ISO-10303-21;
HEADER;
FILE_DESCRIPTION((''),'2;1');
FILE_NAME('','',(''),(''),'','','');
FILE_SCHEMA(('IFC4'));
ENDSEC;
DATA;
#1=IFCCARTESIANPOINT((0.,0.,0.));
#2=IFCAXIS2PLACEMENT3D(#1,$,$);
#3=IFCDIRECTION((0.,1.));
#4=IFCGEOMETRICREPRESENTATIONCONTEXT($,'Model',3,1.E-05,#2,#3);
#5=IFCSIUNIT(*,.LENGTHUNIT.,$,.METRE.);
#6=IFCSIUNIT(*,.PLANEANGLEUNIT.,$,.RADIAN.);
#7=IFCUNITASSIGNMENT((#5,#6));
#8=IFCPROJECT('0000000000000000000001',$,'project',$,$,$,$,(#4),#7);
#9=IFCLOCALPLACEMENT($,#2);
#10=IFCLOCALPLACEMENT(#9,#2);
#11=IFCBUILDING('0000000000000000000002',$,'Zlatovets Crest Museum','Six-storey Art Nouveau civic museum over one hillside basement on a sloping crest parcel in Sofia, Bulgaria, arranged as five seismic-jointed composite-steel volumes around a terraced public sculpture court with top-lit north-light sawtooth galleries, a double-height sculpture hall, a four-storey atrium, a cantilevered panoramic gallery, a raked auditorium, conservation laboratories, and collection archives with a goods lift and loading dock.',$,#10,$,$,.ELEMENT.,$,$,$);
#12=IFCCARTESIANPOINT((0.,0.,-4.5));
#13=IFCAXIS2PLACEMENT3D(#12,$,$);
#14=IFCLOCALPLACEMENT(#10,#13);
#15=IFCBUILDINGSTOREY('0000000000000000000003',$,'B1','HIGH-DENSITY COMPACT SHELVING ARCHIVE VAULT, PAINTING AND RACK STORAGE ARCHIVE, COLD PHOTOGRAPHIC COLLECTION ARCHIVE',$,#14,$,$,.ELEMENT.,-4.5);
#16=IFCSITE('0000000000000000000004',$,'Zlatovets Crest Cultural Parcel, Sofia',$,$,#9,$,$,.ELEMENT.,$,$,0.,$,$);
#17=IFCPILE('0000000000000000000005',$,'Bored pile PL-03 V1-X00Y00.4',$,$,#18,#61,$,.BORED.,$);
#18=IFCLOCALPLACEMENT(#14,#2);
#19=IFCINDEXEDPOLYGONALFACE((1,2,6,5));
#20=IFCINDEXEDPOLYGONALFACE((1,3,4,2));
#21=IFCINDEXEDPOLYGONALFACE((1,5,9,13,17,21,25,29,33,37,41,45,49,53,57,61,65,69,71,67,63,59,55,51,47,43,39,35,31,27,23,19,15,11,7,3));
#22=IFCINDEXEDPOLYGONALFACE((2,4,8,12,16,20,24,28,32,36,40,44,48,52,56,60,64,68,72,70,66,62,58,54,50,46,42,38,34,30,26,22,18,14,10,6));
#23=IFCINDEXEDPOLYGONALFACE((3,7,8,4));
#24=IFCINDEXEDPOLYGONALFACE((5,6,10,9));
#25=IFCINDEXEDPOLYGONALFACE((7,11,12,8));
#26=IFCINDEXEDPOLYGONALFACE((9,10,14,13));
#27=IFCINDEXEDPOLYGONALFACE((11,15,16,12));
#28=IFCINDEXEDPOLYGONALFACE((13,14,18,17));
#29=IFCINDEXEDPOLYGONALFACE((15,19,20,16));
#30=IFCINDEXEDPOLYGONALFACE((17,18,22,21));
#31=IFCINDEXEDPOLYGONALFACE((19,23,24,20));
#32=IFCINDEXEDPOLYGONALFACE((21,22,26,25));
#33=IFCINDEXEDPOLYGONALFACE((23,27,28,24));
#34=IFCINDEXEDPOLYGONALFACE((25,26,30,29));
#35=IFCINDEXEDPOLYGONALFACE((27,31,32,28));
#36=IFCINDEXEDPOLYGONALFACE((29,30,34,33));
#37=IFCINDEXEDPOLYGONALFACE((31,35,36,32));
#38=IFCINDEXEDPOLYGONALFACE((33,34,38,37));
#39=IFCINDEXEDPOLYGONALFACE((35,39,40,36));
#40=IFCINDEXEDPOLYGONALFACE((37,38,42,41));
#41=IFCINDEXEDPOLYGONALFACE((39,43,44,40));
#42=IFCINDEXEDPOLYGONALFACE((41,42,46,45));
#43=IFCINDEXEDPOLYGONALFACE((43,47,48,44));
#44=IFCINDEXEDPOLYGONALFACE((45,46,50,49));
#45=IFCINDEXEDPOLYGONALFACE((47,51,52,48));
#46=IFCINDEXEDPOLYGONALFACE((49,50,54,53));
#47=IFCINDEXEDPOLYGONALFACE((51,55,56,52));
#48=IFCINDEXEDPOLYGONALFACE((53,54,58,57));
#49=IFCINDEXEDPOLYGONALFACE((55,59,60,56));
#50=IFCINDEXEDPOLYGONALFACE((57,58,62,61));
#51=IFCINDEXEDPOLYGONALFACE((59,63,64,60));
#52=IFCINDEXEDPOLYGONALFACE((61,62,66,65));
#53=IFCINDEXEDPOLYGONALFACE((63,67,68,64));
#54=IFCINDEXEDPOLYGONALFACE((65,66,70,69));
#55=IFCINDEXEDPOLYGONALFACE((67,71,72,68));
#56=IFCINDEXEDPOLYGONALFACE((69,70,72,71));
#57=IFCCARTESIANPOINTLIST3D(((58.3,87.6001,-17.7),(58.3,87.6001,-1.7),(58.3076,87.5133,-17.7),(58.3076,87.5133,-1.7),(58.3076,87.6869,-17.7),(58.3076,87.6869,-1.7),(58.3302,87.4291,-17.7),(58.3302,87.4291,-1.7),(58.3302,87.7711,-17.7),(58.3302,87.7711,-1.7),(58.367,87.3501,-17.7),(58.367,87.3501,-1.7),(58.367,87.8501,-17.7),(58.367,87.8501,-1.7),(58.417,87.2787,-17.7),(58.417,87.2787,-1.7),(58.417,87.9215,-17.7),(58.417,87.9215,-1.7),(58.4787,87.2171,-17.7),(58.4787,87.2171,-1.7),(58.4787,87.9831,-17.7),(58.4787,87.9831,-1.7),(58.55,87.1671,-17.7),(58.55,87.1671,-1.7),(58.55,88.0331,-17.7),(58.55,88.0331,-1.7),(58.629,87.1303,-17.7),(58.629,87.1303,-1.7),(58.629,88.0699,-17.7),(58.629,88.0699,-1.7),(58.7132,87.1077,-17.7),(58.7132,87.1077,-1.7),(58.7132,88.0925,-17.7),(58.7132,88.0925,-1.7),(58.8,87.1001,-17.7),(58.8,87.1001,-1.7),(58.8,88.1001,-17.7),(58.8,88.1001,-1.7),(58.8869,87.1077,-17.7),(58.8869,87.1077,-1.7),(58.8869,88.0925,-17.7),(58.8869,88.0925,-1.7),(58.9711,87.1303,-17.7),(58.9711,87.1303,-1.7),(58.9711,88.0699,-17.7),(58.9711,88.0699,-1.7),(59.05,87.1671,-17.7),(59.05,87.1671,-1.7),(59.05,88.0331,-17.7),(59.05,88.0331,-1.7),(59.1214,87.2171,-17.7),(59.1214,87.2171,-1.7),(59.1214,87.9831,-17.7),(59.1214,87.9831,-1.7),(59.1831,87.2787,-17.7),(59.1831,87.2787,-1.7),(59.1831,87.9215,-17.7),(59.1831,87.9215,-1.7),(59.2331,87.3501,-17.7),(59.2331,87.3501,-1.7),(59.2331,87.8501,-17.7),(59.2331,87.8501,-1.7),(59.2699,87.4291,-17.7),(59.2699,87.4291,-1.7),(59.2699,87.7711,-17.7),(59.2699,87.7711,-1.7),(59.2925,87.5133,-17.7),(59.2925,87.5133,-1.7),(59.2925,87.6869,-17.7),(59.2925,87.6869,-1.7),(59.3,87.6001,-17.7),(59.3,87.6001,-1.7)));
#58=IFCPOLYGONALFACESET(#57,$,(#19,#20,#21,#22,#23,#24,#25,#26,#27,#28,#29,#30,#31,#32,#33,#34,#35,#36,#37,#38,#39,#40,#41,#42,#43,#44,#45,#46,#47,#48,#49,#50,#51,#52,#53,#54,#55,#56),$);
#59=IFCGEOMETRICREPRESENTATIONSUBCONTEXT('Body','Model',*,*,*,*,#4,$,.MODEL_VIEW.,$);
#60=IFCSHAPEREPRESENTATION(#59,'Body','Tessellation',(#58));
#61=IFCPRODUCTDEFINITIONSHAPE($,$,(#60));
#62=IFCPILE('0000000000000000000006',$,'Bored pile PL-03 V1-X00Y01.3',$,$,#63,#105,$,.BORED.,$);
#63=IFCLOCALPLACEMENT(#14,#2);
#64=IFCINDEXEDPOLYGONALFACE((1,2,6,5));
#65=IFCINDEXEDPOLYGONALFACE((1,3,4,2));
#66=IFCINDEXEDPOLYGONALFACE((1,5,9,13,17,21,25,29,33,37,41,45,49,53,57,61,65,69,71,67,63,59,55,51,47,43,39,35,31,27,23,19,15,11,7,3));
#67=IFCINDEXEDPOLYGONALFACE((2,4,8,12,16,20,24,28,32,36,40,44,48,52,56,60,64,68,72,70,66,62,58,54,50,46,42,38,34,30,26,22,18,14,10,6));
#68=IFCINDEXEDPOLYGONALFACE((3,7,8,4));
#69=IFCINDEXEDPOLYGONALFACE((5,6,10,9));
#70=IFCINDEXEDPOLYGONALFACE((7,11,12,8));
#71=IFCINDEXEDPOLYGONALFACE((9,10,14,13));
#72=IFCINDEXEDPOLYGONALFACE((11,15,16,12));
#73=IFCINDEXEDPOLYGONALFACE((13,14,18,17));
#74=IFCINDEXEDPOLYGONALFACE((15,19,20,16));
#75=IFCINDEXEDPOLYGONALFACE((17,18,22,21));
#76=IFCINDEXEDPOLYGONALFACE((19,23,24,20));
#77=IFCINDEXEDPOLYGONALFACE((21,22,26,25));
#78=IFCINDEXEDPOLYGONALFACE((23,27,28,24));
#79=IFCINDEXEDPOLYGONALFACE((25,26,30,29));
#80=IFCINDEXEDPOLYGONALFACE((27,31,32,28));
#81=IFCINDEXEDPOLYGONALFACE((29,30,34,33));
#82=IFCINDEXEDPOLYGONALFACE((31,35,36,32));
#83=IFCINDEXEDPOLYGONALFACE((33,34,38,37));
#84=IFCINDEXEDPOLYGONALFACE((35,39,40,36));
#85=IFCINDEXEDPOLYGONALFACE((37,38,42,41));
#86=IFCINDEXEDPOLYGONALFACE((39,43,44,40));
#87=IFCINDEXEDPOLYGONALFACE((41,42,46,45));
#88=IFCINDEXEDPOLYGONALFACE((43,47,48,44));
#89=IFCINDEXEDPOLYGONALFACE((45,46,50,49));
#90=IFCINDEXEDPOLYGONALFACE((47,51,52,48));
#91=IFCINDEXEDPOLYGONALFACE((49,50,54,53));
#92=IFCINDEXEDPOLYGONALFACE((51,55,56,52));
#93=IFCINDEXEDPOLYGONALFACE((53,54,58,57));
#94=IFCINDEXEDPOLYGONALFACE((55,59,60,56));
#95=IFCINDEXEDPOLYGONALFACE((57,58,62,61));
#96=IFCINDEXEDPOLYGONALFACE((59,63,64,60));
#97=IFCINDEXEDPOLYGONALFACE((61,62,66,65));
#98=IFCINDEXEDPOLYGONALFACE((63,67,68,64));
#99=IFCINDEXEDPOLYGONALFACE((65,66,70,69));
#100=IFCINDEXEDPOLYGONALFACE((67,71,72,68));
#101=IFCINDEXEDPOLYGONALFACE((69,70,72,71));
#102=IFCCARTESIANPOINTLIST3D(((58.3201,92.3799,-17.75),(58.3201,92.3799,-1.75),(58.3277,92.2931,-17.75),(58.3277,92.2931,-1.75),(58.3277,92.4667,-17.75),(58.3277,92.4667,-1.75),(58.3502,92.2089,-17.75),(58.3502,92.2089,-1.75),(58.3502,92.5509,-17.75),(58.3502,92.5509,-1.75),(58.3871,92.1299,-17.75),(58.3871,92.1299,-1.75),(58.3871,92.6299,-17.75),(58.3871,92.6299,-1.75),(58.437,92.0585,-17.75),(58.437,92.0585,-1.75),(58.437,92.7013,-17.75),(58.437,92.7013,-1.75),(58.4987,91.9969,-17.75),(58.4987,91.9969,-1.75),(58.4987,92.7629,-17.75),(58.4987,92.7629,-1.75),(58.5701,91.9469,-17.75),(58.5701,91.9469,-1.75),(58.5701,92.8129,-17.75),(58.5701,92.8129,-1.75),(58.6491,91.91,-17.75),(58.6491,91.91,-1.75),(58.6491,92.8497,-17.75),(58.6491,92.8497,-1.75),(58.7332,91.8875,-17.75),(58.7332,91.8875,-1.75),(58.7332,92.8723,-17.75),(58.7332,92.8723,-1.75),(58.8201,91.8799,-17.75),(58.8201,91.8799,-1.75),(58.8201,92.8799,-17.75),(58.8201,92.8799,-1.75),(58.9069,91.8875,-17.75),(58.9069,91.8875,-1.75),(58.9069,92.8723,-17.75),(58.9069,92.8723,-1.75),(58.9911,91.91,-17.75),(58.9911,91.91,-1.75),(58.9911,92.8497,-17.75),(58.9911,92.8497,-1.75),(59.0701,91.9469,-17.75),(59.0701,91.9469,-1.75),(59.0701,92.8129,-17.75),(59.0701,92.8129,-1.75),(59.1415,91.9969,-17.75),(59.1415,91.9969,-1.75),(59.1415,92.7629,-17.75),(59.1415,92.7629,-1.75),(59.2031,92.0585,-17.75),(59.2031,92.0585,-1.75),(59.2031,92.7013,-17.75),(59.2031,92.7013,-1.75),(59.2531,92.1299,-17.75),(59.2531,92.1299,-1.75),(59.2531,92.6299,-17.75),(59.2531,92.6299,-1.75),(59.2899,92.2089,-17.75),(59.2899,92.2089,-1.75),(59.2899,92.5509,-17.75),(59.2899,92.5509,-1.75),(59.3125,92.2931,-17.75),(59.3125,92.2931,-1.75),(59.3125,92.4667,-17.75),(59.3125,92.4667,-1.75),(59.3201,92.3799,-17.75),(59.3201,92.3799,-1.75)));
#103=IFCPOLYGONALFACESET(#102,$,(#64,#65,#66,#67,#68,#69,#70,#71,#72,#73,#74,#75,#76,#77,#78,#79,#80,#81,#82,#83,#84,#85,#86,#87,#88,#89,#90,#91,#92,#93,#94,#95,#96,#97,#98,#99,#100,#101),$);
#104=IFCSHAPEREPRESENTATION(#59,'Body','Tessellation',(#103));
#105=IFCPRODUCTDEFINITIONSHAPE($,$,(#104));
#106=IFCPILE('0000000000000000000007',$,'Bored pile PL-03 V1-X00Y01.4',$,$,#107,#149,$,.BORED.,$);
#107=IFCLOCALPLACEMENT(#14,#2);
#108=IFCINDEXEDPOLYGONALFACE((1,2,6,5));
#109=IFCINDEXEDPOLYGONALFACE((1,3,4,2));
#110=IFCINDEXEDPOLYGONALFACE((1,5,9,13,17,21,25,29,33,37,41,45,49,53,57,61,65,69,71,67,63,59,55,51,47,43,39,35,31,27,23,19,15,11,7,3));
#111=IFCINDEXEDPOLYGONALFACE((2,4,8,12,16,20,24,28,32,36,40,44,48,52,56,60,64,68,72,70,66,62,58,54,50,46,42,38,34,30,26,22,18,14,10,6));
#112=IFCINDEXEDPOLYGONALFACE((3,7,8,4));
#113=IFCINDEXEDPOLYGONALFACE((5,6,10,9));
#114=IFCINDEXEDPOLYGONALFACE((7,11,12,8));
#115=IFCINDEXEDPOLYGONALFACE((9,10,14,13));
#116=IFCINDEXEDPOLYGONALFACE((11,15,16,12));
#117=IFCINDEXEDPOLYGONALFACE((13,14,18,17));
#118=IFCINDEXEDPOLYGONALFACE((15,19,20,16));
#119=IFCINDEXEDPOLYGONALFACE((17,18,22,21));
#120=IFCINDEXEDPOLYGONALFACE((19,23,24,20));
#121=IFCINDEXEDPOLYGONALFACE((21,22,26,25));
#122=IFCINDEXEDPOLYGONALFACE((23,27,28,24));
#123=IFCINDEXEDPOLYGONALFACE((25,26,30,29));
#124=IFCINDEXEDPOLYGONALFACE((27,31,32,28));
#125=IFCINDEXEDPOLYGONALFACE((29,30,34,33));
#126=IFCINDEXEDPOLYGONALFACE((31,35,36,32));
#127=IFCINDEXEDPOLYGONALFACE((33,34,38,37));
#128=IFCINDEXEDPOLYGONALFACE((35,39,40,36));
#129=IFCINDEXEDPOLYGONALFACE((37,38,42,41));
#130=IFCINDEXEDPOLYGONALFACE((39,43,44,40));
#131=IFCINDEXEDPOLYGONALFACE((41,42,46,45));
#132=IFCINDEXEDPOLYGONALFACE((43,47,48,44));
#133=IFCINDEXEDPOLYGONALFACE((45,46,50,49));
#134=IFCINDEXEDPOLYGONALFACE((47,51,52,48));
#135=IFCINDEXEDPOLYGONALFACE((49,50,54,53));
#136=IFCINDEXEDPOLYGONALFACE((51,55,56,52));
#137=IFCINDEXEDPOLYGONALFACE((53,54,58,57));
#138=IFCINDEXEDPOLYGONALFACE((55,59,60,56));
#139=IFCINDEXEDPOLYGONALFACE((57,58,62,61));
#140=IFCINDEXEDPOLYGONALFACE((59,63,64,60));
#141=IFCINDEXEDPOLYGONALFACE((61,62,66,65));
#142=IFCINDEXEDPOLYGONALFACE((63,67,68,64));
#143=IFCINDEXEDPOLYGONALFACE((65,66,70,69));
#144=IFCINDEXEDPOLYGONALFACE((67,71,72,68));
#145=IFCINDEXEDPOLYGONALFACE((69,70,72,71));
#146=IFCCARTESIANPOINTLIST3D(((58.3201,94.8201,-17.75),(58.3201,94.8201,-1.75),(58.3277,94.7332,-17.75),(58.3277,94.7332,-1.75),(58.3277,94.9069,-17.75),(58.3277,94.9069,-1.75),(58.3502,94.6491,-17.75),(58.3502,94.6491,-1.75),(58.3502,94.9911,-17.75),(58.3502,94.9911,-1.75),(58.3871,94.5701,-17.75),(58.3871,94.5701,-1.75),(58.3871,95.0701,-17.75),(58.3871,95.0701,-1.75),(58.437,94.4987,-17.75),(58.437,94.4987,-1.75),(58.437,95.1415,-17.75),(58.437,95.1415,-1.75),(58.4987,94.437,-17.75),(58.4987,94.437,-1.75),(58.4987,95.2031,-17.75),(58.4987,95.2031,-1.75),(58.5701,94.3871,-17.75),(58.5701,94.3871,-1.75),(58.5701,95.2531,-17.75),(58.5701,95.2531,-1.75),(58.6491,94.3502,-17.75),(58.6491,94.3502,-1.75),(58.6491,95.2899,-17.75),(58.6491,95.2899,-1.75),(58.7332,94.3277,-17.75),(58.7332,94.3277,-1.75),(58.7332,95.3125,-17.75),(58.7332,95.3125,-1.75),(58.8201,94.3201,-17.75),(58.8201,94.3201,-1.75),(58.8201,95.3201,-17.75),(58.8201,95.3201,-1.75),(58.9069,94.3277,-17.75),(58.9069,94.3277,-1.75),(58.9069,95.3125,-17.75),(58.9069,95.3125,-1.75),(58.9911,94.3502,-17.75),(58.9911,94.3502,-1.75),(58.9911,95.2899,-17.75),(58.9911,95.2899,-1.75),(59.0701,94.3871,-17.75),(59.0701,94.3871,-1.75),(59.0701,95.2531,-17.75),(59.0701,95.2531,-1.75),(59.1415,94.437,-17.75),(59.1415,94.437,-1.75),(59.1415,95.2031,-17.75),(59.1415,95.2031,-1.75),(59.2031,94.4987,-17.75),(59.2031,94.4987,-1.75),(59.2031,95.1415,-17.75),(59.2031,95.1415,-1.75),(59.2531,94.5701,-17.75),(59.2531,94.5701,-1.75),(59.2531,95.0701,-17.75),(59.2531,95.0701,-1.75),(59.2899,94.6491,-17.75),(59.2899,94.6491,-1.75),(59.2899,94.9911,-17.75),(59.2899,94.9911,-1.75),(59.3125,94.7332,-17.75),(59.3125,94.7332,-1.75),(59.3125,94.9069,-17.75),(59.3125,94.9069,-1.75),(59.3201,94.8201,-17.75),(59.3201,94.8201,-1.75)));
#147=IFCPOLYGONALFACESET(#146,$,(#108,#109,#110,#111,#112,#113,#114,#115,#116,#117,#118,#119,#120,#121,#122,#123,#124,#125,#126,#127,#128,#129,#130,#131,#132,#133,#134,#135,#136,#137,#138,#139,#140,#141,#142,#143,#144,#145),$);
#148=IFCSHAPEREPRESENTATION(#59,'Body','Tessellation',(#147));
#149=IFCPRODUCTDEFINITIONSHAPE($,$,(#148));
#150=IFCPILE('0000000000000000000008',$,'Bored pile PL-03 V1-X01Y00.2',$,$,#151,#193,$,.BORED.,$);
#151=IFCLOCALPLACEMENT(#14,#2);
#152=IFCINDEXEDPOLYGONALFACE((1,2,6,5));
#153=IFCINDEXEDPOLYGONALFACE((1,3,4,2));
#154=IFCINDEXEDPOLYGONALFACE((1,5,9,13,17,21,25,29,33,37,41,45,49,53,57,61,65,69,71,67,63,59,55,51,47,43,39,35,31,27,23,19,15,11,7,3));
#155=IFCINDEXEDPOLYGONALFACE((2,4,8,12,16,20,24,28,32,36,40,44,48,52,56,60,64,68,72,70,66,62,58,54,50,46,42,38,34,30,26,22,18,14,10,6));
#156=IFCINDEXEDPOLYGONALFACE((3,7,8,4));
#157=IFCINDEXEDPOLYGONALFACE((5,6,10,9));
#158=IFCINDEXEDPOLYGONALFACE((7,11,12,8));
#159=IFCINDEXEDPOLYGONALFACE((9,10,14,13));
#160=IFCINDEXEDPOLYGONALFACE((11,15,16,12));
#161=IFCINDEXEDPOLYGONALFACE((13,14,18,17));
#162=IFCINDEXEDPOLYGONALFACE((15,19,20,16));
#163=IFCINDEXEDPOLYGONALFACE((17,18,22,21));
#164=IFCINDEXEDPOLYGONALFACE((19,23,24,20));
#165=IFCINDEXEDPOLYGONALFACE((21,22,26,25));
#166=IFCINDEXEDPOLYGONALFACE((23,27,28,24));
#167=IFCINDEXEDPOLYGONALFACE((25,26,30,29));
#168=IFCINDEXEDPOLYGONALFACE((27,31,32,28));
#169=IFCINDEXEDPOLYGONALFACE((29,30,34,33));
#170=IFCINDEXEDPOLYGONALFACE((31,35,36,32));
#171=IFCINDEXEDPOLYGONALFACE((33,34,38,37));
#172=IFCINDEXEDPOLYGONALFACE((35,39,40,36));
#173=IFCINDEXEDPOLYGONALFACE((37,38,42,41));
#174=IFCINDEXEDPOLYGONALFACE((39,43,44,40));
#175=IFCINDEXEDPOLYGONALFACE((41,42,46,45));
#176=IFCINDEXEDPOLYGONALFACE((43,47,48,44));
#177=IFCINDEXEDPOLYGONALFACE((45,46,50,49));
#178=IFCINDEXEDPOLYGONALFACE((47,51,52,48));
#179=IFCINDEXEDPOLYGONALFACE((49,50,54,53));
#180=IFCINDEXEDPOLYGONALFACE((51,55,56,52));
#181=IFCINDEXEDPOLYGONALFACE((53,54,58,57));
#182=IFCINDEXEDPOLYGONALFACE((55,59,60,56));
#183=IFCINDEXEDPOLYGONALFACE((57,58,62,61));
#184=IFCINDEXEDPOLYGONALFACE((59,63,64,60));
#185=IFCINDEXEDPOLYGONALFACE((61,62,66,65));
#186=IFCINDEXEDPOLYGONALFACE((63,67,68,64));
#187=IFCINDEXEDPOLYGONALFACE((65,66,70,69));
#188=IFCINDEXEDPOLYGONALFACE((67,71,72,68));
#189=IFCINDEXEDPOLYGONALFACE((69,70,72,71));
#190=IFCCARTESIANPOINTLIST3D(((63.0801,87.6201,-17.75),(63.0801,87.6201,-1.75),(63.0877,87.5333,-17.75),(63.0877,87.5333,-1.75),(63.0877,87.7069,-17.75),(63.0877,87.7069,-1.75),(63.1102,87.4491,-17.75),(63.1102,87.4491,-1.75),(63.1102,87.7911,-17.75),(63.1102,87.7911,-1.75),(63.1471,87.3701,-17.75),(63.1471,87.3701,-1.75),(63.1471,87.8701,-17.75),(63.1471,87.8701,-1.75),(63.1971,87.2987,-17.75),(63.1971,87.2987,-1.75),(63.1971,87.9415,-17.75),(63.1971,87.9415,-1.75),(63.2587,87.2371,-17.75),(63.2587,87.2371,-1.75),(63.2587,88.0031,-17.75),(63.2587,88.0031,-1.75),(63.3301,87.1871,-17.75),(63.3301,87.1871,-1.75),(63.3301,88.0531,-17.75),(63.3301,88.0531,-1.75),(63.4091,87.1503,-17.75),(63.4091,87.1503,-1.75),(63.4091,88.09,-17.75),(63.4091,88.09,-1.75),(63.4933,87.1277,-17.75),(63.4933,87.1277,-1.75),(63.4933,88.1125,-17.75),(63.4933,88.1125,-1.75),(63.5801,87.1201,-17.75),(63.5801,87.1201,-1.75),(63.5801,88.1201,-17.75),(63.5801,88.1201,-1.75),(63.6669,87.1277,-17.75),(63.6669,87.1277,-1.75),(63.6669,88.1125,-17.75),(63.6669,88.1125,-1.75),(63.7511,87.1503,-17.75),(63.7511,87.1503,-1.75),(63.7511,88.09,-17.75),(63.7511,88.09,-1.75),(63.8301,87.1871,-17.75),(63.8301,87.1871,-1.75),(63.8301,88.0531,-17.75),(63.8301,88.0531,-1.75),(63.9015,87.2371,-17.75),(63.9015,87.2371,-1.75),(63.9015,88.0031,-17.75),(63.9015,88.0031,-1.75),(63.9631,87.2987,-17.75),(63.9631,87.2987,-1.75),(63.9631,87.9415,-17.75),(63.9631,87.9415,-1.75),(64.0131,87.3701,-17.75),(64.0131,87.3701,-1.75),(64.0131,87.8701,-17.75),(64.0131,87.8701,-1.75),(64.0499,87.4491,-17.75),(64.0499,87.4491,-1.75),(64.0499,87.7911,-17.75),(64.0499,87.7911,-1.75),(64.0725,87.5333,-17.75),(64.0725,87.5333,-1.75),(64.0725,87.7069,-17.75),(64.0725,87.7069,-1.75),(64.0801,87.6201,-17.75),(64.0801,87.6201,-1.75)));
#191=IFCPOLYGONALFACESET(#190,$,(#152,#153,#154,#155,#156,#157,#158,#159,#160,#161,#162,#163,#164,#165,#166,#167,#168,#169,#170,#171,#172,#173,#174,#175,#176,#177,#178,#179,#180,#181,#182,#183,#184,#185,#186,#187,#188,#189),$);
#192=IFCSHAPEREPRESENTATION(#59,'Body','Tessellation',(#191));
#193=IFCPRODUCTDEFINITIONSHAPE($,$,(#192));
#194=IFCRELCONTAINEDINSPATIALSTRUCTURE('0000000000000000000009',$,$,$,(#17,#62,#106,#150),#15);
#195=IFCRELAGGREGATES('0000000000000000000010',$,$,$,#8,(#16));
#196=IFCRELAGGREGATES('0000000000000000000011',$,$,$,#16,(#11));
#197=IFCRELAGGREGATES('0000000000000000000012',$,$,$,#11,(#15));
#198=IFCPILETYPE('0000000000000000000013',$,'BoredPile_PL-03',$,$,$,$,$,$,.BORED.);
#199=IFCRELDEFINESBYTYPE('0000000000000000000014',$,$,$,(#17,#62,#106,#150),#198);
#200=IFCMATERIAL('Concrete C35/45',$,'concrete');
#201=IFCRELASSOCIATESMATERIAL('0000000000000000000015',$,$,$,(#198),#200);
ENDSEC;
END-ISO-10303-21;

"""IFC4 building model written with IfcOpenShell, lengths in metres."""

from ifc_helpers import new_model, si_unit, direction, frame, origin, origin_2d, place, context, subcontext, project, spatial, circle, extrude, material, material_profile, profile_set, type_object, element, save


model = new_model("IFC4")

# Units and contexts
model_context = context("Model", 3, precision=1e-05, world=origin(), true_north=direction((0.0, 1.0)))
body_context = subcontext(model_context, "Body", "Model", "MODEL_VIEW")
ifc_project = project(units=[si_unit("LENGTHUNIT", "METRE"), si_unit("PLANEANGLEUNIT", "RADIAN")], contexts=[model_context])

# Site, building, storey
site_placement = place(None, origin())
site = spatial("IfcSite", under=ifc_project, at=site_placement, Name="Zlatovets Crest Cultural Parcel, Sofia", CompositionType="ELEMENT", RefElevation=0.0)
building_placement = place(site_placement, origin())
building = spatial("IfcBuilding", under=site, at=building_placement, Name="Zlatovets Crest Museum", Description="Six-storey Art Nouveau civic museum over one hillside basement on a sloping crest parcel in Sofia, Bulgaria, arranged as five seismic-jointed composite-steel volumes around a terraced public sculpture court with top-lit north-light sawtooth galleries, a double-height sculpture hall, a four-storey atrium, a cantilevered panoramic gallery, a raked auditorium, conservation laboratories, and collection archives with a goods lift and loading dock.", CompositionType="ELEMENT")
storey_placement = place(building_placement, frame((0.0, 0.0, -4.5)))
storey = spatial("IfcBuildingStorey", under=building, at=storey_placement, Name="B1", Description="HIGH-DENSITY COMPACT SHELVING ARCHIVE VAULT, PAINTING AND RACK STORAGE ARCHIVE, COLD PHOTOGRAPHIC COLLECTION ARCHIVE", CompositionType="ELEMENT", Elevation=-4.5)

# Piles
ifc_material_1 = material(Name="Concrete C35/45", Category="concrete")
ifc_material_profile_1 = material_profile(ifc_material_1, circle(Radius=0.5, at=origin_2d()), Name="PILE D1000")
ifc_profile_set_1 = profile_set([ifc_material_profile_1], Name="Concrete C35/45")
pile_type = type_object("IfcPileType", Name="BoredPile_PL-03", PredefinedType="BORED", material=ifc_profile_set_1)
for number, where, z_axis, x_axis, name in (
    (1, (58.8, 87.6001, -1.7), (0.0, 0.0, -1.0), (1.0, 0.0, 0.0), "Bored pile PL-03 V1-X00Y00.4"),
    (2, (58.8201, 92.3799, -1.75), (0.0, 0.0, -1.0), (1.0, 0.0, 0.0), "Bored pile PL-03 V1-X00Y01.3"),
    (3, (58.8201, 94.8201, -1.75), (0.0, 0.0, -1.0), (1.0, 0.0, 0.0), "Bored pile PL-03 V1-X00Y01.4"),
    (4, (63.5801, 87.6201, -1.75), (0.0, 0.0, -1.0), (1.0, 0.0, 0.0), "Bored pile PL-03 V1-X01Y00.2"),
):
    element("IfcPile", number, at=place(storey_placement, frame(where, z_axis=z_axis, x_axis=x_axis)), inside=storey, type_object=pile_type, Name=name, PredefinedType="BORED", context=body_context, shape_type="SweptSolid", body=[
        extrude(circle(Radius=0.5, at=origin_2d()), origin(), (0.0, 0.0, 1.0), 16.0),
    ])

save(model, "model.ifc")
